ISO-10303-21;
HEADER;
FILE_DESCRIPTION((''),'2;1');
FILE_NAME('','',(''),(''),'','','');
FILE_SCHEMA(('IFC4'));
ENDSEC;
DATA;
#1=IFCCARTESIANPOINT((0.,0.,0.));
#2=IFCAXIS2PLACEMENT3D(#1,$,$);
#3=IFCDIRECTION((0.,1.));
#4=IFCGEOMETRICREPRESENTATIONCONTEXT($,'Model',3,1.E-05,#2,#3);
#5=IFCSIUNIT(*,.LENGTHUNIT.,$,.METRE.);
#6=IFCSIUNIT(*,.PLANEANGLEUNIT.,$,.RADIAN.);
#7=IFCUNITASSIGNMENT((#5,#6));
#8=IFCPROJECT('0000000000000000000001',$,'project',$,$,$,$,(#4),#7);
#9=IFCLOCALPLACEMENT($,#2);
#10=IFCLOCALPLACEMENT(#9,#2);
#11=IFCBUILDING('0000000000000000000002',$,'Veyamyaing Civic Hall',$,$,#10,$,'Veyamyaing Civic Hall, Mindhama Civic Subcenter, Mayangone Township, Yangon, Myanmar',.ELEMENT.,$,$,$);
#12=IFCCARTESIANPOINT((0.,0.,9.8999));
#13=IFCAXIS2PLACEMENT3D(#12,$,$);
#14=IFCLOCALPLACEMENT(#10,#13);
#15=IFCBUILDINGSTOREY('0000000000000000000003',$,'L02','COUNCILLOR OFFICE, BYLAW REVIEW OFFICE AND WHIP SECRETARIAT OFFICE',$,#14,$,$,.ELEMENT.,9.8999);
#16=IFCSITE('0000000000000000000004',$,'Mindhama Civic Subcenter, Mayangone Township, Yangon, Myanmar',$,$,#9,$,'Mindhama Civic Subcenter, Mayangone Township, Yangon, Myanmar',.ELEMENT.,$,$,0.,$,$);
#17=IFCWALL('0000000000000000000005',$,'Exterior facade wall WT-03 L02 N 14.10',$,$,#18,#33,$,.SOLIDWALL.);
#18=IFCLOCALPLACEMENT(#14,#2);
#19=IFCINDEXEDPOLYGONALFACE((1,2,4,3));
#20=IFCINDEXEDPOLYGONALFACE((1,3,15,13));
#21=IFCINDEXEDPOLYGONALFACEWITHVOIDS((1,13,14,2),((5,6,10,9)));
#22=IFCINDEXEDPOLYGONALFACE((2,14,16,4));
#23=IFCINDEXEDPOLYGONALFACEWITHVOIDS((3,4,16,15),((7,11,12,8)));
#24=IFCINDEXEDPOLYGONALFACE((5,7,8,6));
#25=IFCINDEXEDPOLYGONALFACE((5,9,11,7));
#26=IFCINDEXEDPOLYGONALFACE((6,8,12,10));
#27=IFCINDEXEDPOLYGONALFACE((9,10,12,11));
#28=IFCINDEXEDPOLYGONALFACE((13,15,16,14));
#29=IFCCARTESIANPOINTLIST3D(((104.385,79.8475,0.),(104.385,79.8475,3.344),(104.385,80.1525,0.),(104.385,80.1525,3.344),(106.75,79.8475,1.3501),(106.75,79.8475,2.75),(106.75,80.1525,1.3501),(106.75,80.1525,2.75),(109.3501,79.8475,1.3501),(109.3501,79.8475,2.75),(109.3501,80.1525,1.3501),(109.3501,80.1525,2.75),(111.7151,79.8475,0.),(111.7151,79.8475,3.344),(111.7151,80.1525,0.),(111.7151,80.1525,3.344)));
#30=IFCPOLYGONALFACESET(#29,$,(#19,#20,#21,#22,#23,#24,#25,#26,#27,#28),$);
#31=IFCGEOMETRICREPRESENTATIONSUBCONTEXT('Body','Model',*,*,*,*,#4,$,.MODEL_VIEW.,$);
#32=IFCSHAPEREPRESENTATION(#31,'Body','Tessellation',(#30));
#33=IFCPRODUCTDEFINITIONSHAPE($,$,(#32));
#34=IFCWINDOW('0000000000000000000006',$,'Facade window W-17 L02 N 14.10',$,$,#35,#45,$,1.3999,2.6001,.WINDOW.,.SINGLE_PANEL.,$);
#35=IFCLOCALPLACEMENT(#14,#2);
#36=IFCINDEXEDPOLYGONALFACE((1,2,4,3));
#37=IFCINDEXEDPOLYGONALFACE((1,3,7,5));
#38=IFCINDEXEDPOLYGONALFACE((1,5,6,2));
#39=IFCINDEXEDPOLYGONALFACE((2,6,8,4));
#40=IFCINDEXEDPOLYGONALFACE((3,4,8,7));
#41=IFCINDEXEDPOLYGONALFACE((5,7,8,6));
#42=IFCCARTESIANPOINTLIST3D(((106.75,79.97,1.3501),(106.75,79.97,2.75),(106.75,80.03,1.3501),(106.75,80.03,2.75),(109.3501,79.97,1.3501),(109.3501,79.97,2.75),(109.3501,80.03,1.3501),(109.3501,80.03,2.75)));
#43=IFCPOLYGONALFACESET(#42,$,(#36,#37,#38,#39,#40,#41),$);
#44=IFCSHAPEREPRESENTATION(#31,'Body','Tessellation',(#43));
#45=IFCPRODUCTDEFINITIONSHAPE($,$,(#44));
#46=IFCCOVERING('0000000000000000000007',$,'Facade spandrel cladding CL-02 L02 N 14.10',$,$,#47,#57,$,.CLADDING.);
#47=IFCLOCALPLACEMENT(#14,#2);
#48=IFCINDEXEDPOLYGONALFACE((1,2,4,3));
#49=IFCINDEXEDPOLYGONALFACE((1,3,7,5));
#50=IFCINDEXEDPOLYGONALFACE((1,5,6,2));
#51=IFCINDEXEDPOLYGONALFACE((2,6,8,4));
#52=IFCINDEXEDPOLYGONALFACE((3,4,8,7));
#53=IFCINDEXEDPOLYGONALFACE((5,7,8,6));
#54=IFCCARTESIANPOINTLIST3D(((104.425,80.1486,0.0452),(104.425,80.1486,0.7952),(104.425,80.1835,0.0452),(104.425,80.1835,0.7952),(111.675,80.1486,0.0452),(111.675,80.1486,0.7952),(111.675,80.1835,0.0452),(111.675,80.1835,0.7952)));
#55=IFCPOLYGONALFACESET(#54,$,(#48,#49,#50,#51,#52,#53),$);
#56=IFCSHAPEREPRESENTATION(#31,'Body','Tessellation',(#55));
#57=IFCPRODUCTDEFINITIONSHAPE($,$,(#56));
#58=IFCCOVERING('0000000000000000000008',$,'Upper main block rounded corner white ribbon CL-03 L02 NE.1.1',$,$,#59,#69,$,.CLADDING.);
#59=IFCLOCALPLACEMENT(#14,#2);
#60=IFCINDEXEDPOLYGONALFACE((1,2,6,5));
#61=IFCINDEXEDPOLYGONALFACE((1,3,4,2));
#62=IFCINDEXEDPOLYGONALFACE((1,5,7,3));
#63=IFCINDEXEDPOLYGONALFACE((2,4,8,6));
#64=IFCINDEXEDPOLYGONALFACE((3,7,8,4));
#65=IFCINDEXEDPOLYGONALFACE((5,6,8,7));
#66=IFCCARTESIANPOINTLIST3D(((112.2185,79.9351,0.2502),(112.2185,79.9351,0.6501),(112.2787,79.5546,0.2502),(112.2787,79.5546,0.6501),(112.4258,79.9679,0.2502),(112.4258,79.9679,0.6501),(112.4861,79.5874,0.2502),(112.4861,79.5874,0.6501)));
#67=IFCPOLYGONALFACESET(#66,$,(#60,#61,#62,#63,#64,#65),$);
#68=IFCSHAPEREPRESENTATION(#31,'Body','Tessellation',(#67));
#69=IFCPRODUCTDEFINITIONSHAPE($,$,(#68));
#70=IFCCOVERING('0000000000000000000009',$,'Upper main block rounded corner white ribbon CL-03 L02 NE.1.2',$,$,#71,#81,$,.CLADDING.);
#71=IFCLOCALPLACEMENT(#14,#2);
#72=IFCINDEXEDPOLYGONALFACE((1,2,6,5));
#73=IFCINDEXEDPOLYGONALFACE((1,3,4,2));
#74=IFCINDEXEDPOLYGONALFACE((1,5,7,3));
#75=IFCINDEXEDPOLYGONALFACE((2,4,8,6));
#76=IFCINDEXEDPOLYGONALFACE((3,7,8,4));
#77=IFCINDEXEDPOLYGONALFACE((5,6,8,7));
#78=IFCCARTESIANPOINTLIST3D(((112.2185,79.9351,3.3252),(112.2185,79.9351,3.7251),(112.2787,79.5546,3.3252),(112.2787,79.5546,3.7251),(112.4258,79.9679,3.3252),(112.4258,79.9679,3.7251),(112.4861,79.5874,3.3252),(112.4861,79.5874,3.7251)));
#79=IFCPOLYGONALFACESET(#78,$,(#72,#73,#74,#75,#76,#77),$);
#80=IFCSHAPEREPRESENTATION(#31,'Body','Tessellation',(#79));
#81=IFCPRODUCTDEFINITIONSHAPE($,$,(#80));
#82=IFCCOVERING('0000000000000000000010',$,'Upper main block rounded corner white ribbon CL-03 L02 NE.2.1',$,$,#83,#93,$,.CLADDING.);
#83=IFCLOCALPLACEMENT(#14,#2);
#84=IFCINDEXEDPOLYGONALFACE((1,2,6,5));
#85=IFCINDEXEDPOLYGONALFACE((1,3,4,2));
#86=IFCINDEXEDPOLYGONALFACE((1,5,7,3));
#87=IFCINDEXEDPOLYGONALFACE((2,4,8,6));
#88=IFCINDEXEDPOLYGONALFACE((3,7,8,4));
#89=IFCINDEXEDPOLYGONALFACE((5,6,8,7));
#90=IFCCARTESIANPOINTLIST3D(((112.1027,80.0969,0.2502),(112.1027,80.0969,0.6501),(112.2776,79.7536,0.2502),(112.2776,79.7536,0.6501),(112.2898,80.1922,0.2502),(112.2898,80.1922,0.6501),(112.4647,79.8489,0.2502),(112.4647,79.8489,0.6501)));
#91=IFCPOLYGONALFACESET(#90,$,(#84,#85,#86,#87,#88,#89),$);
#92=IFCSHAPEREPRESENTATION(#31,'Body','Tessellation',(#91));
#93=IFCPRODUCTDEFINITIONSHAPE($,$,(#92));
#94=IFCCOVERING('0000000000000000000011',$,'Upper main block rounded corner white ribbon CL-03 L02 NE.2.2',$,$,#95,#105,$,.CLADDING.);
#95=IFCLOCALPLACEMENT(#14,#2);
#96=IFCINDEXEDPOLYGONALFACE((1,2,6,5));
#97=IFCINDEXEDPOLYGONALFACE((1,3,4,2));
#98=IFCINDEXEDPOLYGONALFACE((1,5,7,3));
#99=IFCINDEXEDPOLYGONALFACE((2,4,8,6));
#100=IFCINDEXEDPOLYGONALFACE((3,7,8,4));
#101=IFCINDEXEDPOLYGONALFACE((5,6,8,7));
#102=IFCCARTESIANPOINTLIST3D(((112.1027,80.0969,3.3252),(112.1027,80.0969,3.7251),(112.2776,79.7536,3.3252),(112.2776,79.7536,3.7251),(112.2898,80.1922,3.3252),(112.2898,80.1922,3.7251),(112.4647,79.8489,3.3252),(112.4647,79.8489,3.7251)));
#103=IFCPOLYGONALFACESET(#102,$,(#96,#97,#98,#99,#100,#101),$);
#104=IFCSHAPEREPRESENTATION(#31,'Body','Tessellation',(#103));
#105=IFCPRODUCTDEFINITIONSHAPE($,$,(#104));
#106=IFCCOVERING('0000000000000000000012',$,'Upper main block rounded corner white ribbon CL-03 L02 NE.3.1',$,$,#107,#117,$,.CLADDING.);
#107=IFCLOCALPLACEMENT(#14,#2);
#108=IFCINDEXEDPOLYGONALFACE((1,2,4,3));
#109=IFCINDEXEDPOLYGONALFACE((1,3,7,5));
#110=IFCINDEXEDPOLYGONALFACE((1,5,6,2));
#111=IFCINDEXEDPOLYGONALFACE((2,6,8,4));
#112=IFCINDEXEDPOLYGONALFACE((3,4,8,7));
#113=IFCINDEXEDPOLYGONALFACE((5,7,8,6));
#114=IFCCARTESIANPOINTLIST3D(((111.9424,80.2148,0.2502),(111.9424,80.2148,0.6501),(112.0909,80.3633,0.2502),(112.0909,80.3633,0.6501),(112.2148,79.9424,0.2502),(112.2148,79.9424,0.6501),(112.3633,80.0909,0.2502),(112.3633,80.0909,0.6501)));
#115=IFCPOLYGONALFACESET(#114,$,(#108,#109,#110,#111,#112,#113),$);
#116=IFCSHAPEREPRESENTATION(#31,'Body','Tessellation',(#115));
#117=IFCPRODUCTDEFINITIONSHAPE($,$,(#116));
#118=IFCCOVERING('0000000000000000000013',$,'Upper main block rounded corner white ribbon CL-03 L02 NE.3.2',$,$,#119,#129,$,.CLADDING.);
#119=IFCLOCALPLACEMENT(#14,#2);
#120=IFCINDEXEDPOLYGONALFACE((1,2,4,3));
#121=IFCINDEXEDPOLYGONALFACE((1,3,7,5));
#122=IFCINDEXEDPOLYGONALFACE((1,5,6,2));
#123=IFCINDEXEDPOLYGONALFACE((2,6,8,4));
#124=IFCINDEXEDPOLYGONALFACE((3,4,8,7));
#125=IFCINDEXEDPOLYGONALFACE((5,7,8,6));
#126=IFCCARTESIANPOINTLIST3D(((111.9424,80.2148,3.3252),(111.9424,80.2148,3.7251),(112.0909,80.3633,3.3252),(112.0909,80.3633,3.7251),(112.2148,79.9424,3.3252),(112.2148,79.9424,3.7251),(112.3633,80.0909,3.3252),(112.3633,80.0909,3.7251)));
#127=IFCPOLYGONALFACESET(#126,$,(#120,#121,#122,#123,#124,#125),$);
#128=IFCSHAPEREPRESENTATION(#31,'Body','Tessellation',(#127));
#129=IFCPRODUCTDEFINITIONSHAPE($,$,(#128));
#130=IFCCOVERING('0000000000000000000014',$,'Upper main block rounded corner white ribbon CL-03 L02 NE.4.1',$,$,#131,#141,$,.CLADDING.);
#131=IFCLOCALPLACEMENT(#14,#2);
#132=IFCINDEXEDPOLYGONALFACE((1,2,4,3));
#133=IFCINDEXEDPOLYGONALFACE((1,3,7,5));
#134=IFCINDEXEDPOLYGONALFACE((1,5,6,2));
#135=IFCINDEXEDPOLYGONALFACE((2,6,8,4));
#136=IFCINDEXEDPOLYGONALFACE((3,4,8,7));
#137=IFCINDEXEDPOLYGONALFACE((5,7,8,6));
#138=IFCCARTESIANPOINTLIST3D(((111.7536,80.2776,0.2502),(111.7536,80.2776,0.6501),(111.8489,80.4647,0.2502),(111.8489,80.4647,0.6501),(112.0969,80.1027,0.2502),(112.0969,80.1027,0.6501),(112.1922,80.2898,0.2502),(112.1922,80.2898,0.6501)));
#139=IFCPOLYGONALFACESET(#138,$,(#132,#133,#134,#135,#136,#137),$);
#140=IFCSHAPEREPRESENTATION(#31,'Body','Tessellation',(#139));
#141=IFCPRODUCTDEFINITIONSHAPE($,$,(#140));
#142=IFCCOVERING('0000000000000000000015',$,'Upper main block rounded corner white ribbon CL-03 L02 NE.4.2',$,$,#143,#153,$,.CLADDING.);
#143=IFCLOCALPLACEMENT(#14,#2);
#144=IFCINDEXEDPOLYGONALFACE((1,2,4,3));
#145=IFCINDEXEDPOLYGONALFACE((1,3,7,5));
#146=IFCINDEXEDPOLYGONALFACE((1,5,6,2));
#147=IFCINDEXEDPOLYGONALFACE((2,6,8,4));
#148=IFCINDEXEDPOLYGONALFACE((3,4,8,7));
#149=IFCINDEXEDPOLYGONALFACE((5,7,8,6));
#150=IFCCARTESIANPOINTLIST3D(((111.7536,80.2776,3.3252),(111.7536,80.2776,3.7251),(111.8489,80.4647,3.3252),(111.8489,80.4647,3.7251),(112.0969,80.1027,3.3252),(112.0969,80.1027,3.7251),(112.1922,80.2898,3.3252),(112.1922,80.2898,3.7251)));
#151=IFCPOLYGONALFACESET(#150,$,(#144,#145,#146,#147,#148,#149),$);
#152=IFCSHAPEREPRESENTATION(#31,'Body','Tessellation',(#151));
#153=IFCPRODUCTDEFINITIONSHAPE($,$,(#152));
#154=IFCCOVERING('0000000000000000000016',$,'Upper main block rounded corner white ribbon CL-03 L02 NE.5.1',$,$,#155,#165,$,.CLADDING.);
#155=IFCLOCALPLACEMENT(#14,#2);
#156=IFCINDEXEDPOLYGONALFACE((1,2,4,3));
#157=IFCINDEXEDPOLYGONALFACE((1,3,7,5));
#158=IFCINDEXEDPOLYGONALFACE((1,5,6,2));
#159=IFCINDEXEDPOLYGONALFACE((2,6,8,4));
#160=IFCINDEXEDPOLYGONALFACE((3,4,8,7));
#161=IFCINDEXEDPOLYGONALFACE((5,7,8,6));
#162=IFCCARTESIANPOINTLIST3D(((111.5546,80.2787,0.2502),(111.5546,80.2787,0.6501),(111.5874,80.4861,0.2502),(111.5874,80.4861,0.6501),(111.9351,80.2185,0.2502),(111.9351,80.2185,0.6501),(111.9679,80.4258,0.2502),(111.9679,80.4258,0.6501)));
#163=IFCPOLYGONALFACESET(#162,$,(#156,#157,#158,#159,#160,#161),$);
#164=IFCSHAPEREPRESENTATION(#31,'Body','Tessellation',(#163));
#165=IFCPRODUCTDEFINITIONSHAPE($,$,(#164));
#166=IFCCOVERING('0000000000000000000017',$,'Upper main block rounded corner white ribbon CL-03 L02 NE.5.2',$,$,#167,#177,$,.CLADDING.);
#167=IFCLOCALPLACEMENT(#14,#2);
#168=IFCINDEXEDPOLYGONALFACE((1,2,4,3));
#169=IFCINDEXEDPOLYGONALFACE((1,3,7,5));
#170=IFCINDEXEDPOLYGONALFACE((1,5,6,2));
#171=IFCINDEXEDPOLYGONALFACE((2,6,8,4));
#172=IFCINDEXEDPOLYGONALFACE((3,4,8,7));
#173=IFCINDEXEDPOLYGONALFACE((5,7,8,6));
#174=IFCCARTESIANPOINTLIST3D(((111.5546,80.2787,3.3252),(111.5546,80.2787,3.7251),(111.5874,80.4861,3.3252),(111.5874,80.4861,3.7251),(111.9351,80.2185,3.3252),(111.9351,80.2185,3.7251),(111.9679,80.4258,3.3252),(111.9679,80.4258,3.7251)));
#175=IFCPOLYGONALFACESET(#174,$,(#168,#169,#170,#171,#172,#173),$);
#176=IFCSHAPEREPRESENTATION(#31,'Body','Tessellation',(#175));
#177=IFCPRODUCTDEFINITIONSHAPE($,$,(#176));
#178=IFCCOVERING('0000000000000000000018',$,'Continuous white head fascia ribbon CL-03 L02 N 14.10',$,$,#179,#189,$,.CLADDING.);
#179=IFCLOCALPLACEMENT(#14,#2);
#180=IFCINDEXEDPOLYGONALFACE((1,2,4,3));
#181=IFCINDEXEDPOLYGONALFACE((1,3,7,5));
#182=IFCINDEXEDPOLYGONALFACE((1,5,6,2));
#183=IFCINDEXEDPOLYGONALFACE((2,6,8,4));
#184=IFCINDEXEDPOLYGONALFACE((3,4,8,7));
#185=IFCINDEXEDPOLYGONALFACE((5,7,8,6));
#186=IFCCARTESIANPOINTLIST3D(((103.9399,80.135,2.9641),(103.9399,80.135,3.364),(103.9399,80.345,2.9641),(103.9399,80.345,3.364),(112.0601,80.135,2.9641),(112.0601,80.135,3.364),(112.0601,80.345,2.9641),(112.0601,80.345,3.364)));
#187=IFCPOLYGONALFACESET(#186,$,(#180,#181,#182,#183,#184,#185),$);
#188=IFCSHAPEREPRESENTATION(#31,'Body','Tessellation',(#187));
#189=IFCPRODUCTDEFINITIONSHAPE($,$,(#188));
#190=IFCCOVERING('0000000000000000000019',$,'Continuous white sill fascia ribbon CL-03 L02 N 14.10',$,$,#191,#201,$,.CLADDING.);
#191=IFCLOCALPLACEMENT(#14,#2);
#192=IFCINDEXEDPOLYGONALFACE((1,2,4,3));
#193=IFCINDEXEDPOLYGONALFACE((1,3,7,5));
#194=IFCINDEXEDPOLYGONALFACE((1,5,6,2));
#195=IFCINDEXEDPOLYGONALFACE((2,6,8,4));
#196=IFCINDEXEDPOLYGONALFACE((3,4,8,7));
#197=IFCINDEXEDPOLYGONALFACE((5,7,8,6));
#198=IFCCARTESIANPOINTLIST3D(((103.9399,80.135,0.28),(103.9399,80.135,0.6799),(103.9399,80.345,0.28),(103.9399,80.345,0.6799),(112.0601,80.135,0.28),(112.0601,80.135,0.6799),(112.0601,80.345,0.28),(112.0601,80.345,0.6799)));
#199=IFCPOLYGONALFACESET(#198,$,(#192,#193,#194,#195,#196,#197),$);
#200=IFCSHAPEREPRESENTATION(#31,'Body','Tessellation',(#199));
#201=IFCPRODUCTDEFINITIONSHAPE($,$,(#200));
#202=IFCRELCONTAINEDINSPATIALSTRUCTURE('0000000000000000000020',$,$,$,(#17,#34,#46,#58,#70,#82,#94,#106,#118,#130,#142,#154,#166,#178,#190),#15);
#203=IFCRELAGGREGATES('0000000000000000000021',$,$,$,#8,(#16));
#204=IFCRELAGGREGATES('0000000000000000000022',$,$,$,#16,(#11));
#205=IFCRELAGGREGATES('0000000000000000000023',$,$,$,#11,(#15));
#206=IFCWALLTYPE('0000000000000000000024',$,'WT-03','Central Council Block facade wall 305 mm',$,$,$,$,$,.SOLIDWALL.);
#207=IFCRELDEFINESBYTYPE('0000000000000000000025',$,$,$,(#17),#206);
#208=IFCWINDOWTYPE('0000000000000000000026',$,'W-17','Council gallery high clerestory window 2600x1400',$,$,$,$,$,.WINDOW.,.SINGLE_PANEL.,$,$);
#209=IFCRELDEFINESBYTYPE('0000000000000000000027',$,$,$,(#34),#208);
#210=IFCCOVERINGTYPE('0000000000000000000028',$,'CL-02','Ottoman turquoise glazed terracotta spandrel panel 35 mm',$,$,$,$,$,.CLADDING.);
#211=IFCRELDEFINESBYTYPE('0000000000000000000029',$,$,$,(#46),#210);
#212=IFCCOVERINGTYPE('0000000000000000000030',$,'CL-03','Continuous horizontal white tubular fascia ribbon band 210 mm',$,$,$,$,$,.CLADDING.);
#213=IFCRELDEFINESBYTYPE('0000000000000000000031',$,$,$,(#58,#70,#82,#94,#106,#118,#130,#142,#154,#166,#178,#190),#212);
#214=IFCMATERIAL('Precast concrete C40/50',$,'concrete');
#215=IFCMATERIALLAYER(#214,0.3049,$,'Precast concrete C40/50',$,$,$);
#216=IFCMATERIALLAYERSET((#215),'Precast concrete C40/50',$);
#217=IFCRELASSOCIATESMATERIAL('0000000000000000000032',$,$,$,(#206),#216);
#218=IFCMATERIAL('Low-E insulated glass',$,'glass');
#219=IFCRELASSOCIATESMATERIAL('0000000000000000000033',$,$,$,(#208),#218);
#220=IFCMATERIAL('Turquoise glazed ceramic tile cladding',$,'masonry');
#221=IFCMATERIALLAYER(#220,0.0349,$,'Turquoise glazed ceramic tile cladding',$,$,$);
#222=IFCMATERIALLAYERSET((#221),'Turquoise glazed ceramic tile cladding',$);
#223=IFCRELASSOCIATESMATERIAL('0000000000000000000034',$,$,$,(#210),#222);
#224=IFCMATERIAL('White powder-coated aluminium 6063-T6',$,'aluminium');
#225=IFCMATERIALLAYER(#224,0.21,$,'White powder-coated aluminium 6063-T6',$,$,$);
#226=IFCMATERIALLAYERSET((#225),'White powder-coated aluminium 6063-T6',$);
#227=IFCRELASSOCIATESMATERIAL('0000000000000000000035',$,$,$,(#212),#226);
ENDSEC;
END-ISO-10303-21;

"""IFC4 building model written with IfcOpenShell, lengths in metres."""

from ifc_helpers import new_model, si_unit, direction, frame, frame_2d, origin, origin_2d, place, context, subcontext, project, spatial, rectangle, extrude, material, layer, layer_set, type_object, element, fill, save


model = new_model("IFC4")

# Units and contexts
model_context = context("Model", 3, precision=1e-05, world=origin(), true_north=direction((0.0, 1.0)))
body_context = subcontext(model_context, "Body", "Model", "MODEL_VIEW")
ifc_project = project(units=[si_unit("LENGTHUNIT", "METRE"), si_unit("PLANEANGLEUNIT", "RADIAN")], contexts=[model_context])

# Site, building, storey
site_placement = place(None, origin())
site = spatial("IfcSite", under=ifc_project, at=site_placement, Name="Mindhama Civic Subcenter, Mayangone Township, Yangon, Myanmar", LongName="Mindhama Civic Subcenter, Mayangone Township, Yangon, Myanmar", CompositionType="ELEMENT", RefElevation=0.0)
building_placement = place(site_placement, origin())
building = spatial("IfcBuilding", under=site, at=building_placement, Name="Veyamyaing Civic Hall", LongName="Veyamyaing Civic Hall, Mindhama Civic Subcenter, Mayangone Township, Yangon, Myanmar", CompositionType="ELEMENT")
storey_placement = place(building_placement, frame((0.0, 0.0, 9.8999)))
storey = spatial("IfcBuildingStorey", under=building, at=storey_placement, Name="L02", Description="COUNCILLOR OFFICE, BYLAW REVIEW OFFICE AND WHIP SECRETARIAT OFFICE", CompositionType="ELEMENT", Elevation=9.8999)

# Wall, opening, window
ifc_material_1 = material(Name="Precast concrete C40/50", Category="concrete")
ifc_layer_1 = layer(ifc_material_1, 0.3049, Name="Precast concrete C40/50")
ifc_layer_set_1 = layer_set([ifc_layer_1], Name="Precast concrete C40/50")
wall_type = type_object("IfcWallType", Name="WT-03", Description="Central Council Block facade wall 305 mm", PredefinedType="SOLIDWALL", material=ifc_layer_set_1)
wall_placement = place(storey_placement, frame((104.385, 80.0, 0.0), z_axis=(0.0, 0.0, 1.0), x_axis=(1.0, 0.0, 0.0)))
wall = element("IfcWall", 1, at=wall_placement, inside=storey, type_object=wall_type, Name="Exterior facade wall WT-03 L02 N 14.10", PredefinedType="SOLIDWALL", context=body_context, shape_type="SweptSolid", body=[
    extrude(rectangle(XDim=7.3301, YDim=0.3049, at=frame_2d((3.665, 0.0))), origin(), (0.0, 0.0, 1.0), 3.344),
])
opening_placement = place(wall_placement, frame((2.365, 0.0, 1.3501)))
opening = element("IfcOpeningElement", 2, at=opening_placement, cuts=wall, PredefinedType="OPENING", context=body_context, shape_type="SweptSolid", body=[
    extrude(rectangle(XDim=2.6001, YDim=1.3999, at=frame_2d((1.3, 0.7))), frame((0.0, 0.1624, 0.0), z_axis=(0.0, -1.0, 0.0), x_axis=(1.0, 0.0, 0.0)), (0.0, 0.0, 1.0), 0.325),
])
ifc_material_2 = material(Name="Low-E insulated glass", Category="glass")
window_type = type_object("IfcWindowType", Name="W-17", Description="Council gallery high clerestory window 2600x1400", PartitioningType="SINGLE_PANEL", PredefinedType="WINDOW", material=ifc_material_2)
window_placement = place(opening_placement, origin())
window = element("IfcWindow", 3, at=window_placement, inside=storey, type_object=window_type, Name="Facade window W-17 L02 N 14.10", OverallHeight=1.3999, OverallWidth=2.6001, PartitioningType="SINGLE_PANEL", PredefinedType="WINDOW", context=body_context, shape_type="SweptSolid", body=[
    extrude(rectangle(XDim=2.6001, YDim=1.3999, at=frame_2d((1.3, 0.7))), frame((0.0, 0.03, 0.0), z_axis=(0.0, -1.0, 0.0), x_axis=(1.0, 0.0, 0.0)), (0.0, 0.0, 1.0), 0.0601),
])
fill(opening, window)

# Coverings
ifc_material_3 = material(Name="Turquoise glazed ceramic tile cladding", Category="masonry")
ifc_layer_2 = layer(ifc_material_3, 0.0349, Name="Turquoise glazed ceramic tile cladding")
ifc_layer_set_2 = layer_set([ifc_layer_2], Name="Turquoise glazed ceramic tile cladding")
covering_type_1 = type_object("IfcCoveringType", Name="CL-02", Description="Ottoman turquoise glazed terracotta spandrel panel 35 mm", PredefinedType="CLADDING", material=ifc_layer_set_2)
covering_placement = place(storey_placement, frame((108.05, 80.166, 0.0452), z_axis=(0.0, 0.0, 1.0), x_axis=(1.0, 0.0, 0.0)))
element("IfcCovering", 4, at=covering_placement, inside=storey, type_object=covering_type_1, Name="Facade spandrel cladding CL-02 L02 N 14.10", PredefinedType="CLADDING", context=body_context, shape_type="SweptSolid", body=[
    extrude(rectangle(XDim=7.25, YDim=0.0349, at=origin_2d()), origin(), (0.0, 0.0, 1.0), 0.75),
])
ifc_material_4 = material(Name="White powder-coated aluminium 6063-T6", Category="aluminium")
ifc_layer_3 = layer(ifc_material_4, 0.21, Name="White powder-coated aluminium 6063-T6")
ifc_layer_set_3 = layer_set([ifc_layer_3], Name="White powder-coated aluminium 6063-T6")
covering_type_2 = type_object("IfcCoveringType", Name="CL-03", Description="Continuous horizontal white tubular fascia ribbon band 210 mm", PredefinedType="CLADDING", material=ifc_layer_set_3)
for number, where, z_axis, x_axis, name in (
    (5, (112.3523, 79.7612, 0.2502), (0.0, 0.0, 1.0), (-0.156434, 0.987688, 0.0), "Upper main block rounded corner white ribbon CL-03 L02 NE.1.1"),
    (6, (112.3523, 79.7612, 3.3252), (0.0, 0.0, 1.0), (-0.156434, 0.987688, 0.0), "Upper main block rounded corner white ribbon CL-03 L02 NE.1.2"),
    (7, (112.2837, 79.9729, 0.2502), (0.0, 0.0, 1.0), (-0.45399, 0.891007, 0.0), "Upper main block rounded corner white ribbon CL-03 L02 NE.2.1"),
    (8, (112.2837, 79.9729, 3.3252), (0.0, 0.0, 1.0), (-0.45399, 0.891007, 0.0), "Upper main block rounded corner white ribbon CL-03 L02 NE.2.2"),
    (9, (112.1528, 80.1528, 0.2502), (0.0, 0.0, 1.0), (-0.707107, 0.707107, 0.0), "Upper main block rounded corner white ribbon CL-03 L02 NE.3.1"),
    (10, (112.1528, 80.1528, 3.3252), (0.0, 0.0, 1.0), (-0.707107, 0.707107, 0.0), "Upper main block rounded corner white ribbon CL-03 L02 NE.3.2"),
    (11, (111.9729, 80.2837, 0.2502), (0.0, 0.0, 1.0), (-0.891007, 0.45399, 0.0), "Upper main block rounded corner white ribbon CL-03 L02 NE.4.1"),
    (12, (111.9729, 80.2837, 3.3252), (0.0, 0.0, 1.0), (-0.891007, 0.45399, 0.0), "Upper main block rounded corner white ribbon CL-03 L02 NE.4.2"),
    (13, (111.7612, 80.3523, 0.2502), (0.0, 0.0, 1.0), (-0.987688, 0.156434, 0.0), "Upper main block rounded corner white ribbon CL-03 L02 NE.5.1"),
    (14, (111.7612, 80.3523, 3.3252), (0.0, 0.0, 1.0), (-0.987688, 0.156434, 0.0), "Upper main block rounded corner white ribbon CL-03 L02 NE.5.2"),
):
    element("IfcCovering", number, at=place(storey_placement, frame(where, z_axis=z_axis, x_axis=x_axis)), inside=storey, type_object=covering_type_2, Name=name, PredefinedType="CLADDING", context=body_context, shape_type="SweptSolid", body=[
        extrude(rectangle(XDim=0.3853, YDim=0.21, at=origin_2d()), origin(), (0.0, 0.0, 1.0), 0.3999),
    ])
for number, where, z_axis, x_axis, name in (
    (15, (108.0, 80.24, 2.9641), (0.0, 0.0, 1.0), (1.0, 0.0, 0.0), "Continuous white head fascia ribbon CL-03 L02 N 14.10"),
    (16, (108.0, 80.24, 0.28), (0.0, 0.0, 1.0), (1.0, 0.0, 0.0), "Continuous white sill fascia ribbon CL-03 L02 N 14.10"),
):
    element("IfcCovering", number, at=place(storey_placement, frame(where, z_axis=z_axis, x_axis=x_axis)), inside=storey, type_object=covering_type_2, Name=name, PredefinedType="CLADDING", context=body_context, shape_type="SweptSolid", body=[
        extrude(rectangle(XDim=8.1201, YDim=0.21, at=origin_2d()), origin(), (0.0, 0.0, 1.0), 0.3999),
    ])

save(model, "model.ifc")
